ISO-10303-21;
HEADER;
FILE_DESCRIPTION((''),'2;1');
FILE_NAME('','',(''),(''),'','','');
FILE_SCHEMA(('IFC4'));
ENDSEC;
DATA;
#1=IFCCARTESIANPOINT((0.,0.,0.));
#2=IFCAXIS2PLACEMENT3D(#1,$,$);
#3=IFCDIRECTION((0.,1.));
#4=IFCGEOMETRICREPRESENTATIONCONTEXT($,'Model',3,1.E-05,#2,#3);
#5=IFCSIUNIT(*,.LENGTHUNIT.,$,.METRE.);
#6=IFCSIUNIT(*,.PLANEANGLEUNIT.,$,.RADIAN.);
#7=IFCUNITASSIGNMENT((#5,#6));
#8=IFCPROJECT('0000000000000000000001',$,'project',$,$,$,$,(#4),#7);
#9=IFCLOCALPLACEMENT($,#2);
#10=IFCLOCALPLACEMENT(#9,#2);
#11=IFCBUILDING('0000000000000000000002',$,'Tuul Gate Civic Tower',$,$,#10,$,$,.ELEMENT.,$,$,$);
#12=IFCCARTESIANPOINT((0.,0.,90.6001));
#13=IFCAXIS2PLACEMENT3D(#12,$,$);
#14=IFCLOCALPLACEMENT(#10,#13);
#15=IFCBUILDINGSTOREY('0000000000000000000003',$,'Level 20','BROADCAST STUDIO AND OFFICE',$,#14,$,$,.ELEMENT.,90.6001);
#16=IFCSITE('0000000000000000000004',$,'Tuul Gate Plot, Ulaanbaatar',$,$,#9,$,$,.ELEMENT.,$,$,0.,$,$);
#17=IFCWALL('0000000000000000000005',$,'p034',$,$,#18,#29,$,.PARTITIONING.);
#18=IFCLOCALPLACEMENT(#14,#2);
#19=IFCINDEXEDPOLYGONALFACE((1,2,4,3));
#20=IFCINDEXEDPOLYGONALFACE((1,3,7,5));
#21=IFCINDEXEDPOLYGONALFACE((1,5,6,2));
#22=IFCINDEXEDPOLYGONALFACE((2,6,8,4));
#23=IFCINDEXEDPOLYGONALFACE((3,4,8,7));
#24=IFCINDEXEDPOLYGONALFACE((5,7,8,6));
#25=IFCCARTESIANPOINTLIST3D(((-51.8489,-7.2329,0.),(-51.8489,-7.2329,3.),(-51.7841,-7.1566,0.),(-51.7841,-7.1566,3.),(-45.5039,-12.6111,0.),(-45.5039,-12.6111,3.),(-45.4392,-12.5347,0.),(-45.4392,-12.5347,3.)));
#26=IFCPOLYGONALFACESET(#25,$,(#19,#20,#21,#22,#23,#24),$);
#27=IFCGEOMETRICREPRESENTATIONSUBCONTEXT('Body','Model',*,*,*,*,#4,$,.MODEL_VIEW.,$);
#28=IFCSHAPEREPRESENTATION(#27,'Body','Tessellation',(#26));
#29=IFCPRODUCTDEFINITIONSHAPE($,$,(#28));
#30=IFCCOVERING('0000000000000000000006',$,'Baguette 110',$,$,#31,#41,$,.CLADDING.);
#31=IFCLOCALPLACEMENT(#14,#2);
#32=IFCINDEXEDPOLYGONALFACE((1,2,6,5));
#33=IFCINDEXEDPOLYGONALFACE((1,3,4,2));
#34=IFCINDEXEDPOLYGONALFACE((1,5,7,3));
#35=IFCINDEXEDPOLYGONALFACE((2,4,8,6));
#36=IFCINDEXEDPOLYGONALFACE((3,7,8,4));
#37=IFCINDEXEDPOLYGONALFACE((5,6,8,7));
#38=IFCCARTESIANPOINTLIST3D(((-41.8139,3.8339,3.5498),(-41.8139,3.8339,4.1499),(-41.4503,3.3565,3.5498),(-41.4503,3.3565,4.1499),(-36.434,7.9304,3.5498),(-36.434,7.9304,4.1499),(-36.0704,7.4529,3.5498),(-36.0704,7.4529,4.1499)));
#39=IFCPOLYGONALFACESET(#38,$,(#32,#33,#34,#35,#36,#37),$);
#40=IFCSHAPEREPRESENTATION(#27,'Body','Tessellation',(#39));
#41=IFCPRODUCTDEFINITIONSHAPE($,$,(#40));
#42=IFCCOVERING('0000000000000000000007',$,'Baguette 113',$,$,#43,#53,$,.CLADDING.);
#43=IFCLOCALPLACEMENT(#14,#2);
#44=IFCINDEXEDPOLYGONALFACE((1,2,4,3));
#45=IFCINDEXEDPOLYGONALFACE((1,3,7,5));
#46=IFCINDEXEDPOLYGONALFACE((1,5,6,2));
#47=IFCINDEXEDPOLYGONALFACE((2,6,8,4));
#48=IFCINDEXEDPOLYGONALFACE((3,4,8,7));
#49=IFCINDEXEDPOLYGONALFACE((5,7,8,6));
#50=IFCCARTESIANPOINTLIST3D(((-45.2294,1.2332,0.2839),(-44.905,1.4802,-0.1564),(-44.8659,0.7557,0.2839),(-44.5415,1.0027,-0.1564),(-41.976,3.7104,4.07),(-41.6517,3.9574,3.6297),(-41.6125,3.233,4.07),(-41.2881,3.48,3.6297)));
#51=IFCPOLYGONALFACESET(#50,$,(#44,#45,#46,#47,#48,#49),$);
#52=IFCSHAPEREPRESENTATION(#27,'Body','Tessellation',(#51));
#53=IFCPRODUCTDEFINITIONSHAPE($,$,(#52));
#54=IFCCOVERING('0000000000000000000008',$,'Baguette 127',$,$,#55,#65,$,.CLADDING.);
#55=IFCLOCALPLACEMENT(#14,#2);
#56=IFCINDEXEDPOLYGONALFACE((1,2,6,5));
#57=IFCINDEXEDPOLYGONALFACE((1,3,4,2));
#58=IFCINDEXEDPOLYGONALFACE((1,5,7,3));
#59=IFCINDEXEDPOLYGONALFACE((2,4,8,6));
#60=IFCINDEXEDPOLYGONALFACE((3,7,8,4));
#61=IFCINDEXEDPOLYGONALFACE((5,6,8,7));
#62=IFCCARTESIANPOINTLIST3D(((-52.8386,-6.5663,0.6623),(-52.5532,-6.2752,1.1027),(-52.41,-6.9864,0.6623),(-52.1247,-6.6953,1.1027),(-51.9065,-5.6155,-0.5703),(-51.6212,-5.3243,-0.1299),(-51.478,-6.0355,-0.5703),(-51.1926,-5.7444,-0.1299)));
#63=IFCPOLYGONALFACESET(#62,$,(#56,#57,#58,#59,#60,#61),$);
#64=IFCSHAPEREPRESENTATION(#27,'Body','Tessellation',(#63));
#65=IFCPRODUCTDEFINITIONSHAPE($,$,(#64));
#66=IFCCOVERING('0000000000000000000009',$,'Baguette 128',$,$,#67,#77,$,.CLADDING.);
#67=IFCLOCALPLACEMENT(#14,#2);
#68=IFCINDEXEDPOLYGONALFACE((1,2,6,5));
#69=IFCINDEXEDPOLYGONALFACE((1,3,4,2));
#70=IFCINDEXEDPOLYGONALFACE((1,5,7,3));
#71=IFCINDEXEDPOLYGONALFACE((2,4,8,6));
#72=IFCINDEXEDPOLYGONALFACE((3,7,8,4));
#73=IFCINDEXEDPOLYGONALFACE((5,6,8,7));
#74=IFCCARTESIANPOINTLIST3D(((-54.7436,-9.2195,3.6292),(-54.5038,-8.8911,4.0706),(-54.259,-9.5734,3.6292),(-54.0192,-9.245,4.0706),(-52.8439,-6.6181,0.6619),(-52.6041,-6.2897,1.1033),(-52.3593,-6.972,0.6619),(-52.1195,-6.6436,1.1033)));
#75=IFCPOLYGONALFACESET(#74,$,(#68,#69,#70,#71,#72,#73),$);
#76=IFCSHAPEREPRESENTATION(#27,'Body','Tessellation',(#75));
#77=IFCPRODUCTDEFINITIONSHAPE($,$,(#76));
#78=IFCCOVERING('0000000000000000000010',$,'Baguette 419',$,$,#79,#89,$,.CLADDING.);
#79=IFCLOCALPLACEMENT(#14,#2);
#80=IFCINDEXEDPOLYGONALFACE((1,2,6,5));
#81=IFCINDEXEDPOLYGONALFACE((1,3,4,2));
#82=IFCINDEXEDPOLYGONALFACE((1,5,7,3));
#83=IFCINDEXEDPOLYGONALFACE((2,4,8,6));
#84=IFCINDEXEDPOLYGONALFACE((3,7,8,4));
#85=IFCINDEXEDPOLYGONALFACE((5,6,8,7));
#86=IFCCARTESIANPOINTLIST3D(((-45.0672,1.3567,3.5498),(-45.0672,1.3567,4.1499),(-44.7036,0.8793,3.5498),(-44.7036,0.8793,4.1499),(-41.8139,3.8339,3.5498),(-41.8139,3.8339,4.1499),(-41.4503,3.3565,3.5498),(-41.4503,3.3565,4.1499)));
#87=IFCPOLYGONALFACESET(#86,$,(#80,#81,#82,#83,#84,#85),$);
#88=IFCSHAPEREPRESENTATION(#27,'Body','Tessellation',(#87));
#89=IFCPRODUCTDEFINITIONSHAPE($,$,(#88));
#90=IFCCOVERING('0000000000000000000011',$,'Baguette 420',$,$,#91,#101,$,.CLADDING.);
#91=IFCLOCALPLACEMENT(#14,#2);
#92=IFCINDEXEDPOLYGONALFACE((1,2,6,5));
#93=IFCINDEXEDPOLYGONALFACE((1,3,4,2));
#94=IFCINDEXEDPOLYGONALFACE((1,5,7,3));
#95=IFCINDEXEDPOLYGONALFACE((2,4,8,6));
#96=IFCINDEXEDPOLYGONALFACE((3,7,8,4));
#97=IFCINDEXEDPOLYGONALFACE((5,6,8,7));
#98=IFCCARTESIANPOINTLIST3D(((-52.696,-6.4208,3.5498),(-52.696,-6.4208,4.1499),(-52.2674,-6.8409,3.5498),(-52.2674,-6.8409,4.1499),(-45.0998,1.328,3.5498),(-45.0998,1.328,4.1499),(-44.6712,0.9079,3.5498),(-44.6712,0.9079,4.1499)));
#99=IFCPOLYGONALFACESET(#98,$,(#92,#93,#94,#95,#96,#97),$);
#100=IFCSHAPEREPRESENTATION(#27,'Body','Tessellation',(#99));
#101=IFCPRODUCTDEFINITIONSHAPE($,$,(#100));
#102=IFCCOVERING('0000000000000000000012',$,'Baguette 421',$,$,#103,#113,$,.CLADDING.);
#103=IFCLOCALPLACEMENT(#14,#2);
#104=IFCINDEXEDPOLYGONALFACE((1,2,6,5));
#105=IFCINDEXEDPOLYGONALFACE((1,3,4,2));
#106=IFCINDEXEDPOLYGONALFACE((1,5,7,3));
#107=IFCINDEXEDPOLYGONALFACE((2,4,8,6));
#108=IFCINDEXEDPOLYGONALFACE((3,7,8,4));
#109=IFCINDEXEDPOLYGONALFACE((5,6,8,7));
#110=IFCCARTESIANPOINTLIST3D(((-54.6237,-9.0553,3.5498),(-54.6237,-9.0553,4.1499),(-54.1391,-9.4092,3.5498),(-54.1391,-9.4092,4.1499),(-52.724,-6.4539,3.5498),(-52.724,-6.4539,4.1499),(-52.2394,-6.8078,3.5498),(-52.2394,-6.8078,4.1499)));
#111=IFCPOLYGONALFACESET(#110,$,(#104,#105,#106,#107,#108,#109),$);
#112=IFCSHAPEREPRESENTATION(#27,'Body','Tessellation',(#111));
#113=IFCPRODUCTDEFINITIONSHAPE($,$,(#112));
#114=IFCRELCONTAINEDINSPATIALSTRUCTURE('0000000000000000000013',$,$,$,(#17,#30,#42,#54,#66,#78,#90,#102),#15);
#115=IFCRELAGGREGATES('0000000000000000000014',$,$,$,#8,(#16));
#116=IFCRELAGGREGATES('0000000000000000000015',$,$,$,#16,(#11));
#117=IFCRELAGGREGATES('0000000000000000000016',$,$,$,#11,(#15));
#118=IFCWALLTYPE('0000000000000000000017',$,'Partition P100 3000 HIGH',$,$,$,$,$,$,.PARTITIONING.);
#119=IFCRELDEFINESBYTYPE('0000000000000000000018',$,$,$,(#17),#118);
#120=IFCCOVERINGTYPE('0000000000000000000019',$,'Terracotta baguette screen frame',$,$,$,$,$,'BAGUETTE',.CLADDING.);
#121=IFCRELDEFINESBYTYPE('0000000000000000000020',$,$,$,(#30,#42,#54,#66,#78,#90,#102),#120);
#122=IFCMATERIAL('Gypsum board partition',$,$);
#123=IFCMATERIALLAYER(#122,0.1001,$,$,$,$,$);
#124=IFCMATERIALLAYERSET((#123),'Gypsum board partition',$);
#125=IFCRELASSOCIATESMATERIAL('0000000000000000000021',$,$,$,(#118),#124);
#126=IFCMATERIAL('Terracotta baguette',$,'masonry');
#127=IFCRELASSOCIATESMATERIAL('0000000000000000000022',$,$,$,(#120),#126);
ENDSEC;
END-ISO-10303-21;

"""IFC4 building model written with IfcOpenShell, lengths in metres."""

from ifc_helpers import new_model, si_unit, direction, frame, frame_2d, origin, origin_2d, place, context, subcontext, project, spatial, rectangle, extrude, material, layer, layer_set, material_profile, profile_set, type_object, element, save


model = new_model("IFC4")

# Units and contexts
model_context = context("Model", 3, precision=1e-05, world=origin(), true_north=direction((0.0, 1.0)))
body_context = subcontext(model_context, "Body", "Model", "MODEL_VIEW")
ifc_project = project(units=[si_unit("LENGTHUNIT", "METRE"), si_unit("PLANEANGLEUNIT", "RADIAN")], contexts=[model_context])

# Site, building, storey
site_placement = place(None, origin())
site = spatial("IfcSite", under=ifc_project, at=site_placement, Name="Tuul Gate Plot, Ulaanbaatar", CompositionType="ELEMENT", RefElevation=0.0)
building_placement = place(site_placement, origin())
building = spatial("IfcBuilding", under=site, at=building_placement, Name="Tuul Gate Civic Tower", CompositionType="ELEMENT")
storey_placement = place(building_placement, frame((0.0, 0.0, 90.6001)))
storey = spatial("IfcBuildingStorey", under=building, at=storey_placement, Name="Level 20", Description="BROADCAST STUDIO AND OFFICE", CompositionType="ELEMENT", Elevation=90.6001)

# Wall
ifc_material_1 = material(Name="Gypsum board partition")
ifc_layer_1 = layer(ifc_material_1, 0.1001)
ifc_layer_set_1 = layer_set([ifc_layer_1], Name="Gypsum board partition")
wall_type_1 = type_object("IfcWallType", Name="Partition P100 3000 HIGH", PredefinedType="PARTITIONING", material=ifc_layer_set_1)
wall_1_placement = place(storey_placement, frame((-51.8164, -7.1948, 0.0), z_axis=(0.0, 0.0, 1.0), x_axis=(0.762832, -0.646597, 0.0)))
element("IfcWall", 1, at=wall_1_placement, inside=storey, type_object=wall_type_1, Name="p034", PredefinedType="PARTITIONING", context=body_context, shape_type="SweptSolid", body=[
    extrude(rectangle(XDim=8.3176, YDim=0.1001, at=frame_2d((4.1587, 0.0))), origin(), (0.0, 0.0, 1.0), 3.0),
])

# Coverings
ifc_material_2 = material(Name="Terracotta baguette", Category="masonry")
ifc_material_profile_1 = material_profile(ifc_material_2, rectangle(XDim=0.6001, YDim=0.6001, at=origin_2d()), Name="Terracotta baguette screen frame")
ifc_profile_set_1 = profile_set([ifc_material_profile_1], Name="Terracotta baguette")
covering_type = type_object("IfcCoveringType", Name="Terracotta baguette screen frame", ElementType="BAGUETTE", PredefinedType="CLADDING", material=ifc_profile_set_1)
covering_1_placement = place(storey_placement, frame((-36.2522, 7.6917, 3.8499), z_axis=(-0.795612, -0.605807, 0.0), x_axis=(0.605807, -0.795612, 0.0)))
element("IfcCovering", 2, at=covering_1_placement, inside=storey, type_object=covering_type, Name="Baguette 110", PredefinedType="CLADDING", context=body_context, shape_type="SweptSolid", body=[
    extrude(rectangle(XDim=0.6001, YDim=0.6001, at=origin_2d()), origin(), (0.0, 0.0, 1.0), 6.762),
])
covering_2_placement = place(storey_placement, frame((-41.6321, 3.5952, 3.8499), z_axis=(-0.583799, -0.44453, -0.67939), x_axis=(0.605811, -0.795608, 0.0)))
element("IfcCovering", 3, at=covering_2_placement, inside=storey, type_object=covering_type, Name="Baguette 113", PredefinedType="CLADDING", context=body_context, shape_type="SweptSolid", body=[
    extrude(rectangle(XDim=0.6001, YDim=0.6001, at=origin_2d()), origin(), (0.0, 0.0, 1.0), 5.5728),
])
covering_3_placement = place(storey_placement, frame((-51.5496, -5.6799, -0.3501), z_axis=(-0.513697, -0.524057, 0.679323), x_axis=(0.71413, -0.700013, 0.0)))
element("IfcCovering", 4, at=covering_3_placement, inside=storey, type_object=covering_type, Name="Baguette 127", PredefinedType="CLADDING", context=body_context, shape_type="SweptSolid", body=[
    extrude(rectangle(XDim=0.6001, YDim=0.6001, at=origin_2d()), origin(), (0.0, 0.0, 1.0), 1.8145),
])
covering_4_placement = place(storey_placement, frame((-52.4817, -6.6309, 0.8826), z_axis=(-0.433758, -0.593971, 0.677534), x_axis=(0.807584, -0.589752, 0.0)))
element("IfcCovering", 5, at=covering_4_placement, inside=storey, type_object=covering_type, Name="Baguette 128", PredefinedType="CLADDING", context=body_context, shape_type="SweptSolid", body=[
    extrude(rectangle(XDim=0.6001, YDim=0.6001, at=origin_2d()), origin(), (0.0, 0.0, 1.0), 4.3796),
])
covering_5_placement = place(storey_placement, frame((-41.6321, 3.5952, 3.8499), z_axis=(-0.795608, -0.605811, 0.0), x_axis=(0.605811, -0.795608, 0.0)))
element("IfcCovering", 6, at=covering_5_placement, inside=storey, type_object=covering_type, Name="Baguette 419", PredefinedType="CLADDING", context=body_context, shape_type="SweptSolid", body=[
    extrude(rectangle(XDim=0.6001, YDim=0.6001, at=origin_2d()), origin(), (0.0, 0.0, 1.0), 4.0891),
])
covering_6_placement = place(storey_placement, frame((-44.8855, 1.1179, 3.8499), z_axis=(-0.700041, -0.714103, 0.0), x_axis=(0.714103, -0.700041, 0.0)))
element("IfcCovering", 7, at=covering_6_placement, inside=storey, type_object=covering_type, Name="Baguette 420", PredefinedType="CLADDING", context=body_context, shape_type="SweptSolid", body=[
    extrude(rectangle(XDim=0.6001, YDim=0.6001, at=origin_2d()), origin(), (0.0, 0.0, 1.0), 10.8511),
])
covering_7_placement = place(storey_placement, frame((-52.4817, -6.6309, 3.8499), z_axis=(-0.589752, -0.807584, 0.0), x_axis=(0.807584, -0.589752, 0.0)))
element("IfcCovering", 8, at=covering_7_placement, inside=storey, type_object=covering_type, Name="Baguette 421", PredefinedType="CLADDING", context=body_context, shape_type="SweptSolid", body=[
    extrude(rectangle(XDim=0.6001, YDim=0.6001, at=origin_2d()), origin(), (0.0, 0.0, 1.0), 3.2212),
])

save(model, "model.ifc")
